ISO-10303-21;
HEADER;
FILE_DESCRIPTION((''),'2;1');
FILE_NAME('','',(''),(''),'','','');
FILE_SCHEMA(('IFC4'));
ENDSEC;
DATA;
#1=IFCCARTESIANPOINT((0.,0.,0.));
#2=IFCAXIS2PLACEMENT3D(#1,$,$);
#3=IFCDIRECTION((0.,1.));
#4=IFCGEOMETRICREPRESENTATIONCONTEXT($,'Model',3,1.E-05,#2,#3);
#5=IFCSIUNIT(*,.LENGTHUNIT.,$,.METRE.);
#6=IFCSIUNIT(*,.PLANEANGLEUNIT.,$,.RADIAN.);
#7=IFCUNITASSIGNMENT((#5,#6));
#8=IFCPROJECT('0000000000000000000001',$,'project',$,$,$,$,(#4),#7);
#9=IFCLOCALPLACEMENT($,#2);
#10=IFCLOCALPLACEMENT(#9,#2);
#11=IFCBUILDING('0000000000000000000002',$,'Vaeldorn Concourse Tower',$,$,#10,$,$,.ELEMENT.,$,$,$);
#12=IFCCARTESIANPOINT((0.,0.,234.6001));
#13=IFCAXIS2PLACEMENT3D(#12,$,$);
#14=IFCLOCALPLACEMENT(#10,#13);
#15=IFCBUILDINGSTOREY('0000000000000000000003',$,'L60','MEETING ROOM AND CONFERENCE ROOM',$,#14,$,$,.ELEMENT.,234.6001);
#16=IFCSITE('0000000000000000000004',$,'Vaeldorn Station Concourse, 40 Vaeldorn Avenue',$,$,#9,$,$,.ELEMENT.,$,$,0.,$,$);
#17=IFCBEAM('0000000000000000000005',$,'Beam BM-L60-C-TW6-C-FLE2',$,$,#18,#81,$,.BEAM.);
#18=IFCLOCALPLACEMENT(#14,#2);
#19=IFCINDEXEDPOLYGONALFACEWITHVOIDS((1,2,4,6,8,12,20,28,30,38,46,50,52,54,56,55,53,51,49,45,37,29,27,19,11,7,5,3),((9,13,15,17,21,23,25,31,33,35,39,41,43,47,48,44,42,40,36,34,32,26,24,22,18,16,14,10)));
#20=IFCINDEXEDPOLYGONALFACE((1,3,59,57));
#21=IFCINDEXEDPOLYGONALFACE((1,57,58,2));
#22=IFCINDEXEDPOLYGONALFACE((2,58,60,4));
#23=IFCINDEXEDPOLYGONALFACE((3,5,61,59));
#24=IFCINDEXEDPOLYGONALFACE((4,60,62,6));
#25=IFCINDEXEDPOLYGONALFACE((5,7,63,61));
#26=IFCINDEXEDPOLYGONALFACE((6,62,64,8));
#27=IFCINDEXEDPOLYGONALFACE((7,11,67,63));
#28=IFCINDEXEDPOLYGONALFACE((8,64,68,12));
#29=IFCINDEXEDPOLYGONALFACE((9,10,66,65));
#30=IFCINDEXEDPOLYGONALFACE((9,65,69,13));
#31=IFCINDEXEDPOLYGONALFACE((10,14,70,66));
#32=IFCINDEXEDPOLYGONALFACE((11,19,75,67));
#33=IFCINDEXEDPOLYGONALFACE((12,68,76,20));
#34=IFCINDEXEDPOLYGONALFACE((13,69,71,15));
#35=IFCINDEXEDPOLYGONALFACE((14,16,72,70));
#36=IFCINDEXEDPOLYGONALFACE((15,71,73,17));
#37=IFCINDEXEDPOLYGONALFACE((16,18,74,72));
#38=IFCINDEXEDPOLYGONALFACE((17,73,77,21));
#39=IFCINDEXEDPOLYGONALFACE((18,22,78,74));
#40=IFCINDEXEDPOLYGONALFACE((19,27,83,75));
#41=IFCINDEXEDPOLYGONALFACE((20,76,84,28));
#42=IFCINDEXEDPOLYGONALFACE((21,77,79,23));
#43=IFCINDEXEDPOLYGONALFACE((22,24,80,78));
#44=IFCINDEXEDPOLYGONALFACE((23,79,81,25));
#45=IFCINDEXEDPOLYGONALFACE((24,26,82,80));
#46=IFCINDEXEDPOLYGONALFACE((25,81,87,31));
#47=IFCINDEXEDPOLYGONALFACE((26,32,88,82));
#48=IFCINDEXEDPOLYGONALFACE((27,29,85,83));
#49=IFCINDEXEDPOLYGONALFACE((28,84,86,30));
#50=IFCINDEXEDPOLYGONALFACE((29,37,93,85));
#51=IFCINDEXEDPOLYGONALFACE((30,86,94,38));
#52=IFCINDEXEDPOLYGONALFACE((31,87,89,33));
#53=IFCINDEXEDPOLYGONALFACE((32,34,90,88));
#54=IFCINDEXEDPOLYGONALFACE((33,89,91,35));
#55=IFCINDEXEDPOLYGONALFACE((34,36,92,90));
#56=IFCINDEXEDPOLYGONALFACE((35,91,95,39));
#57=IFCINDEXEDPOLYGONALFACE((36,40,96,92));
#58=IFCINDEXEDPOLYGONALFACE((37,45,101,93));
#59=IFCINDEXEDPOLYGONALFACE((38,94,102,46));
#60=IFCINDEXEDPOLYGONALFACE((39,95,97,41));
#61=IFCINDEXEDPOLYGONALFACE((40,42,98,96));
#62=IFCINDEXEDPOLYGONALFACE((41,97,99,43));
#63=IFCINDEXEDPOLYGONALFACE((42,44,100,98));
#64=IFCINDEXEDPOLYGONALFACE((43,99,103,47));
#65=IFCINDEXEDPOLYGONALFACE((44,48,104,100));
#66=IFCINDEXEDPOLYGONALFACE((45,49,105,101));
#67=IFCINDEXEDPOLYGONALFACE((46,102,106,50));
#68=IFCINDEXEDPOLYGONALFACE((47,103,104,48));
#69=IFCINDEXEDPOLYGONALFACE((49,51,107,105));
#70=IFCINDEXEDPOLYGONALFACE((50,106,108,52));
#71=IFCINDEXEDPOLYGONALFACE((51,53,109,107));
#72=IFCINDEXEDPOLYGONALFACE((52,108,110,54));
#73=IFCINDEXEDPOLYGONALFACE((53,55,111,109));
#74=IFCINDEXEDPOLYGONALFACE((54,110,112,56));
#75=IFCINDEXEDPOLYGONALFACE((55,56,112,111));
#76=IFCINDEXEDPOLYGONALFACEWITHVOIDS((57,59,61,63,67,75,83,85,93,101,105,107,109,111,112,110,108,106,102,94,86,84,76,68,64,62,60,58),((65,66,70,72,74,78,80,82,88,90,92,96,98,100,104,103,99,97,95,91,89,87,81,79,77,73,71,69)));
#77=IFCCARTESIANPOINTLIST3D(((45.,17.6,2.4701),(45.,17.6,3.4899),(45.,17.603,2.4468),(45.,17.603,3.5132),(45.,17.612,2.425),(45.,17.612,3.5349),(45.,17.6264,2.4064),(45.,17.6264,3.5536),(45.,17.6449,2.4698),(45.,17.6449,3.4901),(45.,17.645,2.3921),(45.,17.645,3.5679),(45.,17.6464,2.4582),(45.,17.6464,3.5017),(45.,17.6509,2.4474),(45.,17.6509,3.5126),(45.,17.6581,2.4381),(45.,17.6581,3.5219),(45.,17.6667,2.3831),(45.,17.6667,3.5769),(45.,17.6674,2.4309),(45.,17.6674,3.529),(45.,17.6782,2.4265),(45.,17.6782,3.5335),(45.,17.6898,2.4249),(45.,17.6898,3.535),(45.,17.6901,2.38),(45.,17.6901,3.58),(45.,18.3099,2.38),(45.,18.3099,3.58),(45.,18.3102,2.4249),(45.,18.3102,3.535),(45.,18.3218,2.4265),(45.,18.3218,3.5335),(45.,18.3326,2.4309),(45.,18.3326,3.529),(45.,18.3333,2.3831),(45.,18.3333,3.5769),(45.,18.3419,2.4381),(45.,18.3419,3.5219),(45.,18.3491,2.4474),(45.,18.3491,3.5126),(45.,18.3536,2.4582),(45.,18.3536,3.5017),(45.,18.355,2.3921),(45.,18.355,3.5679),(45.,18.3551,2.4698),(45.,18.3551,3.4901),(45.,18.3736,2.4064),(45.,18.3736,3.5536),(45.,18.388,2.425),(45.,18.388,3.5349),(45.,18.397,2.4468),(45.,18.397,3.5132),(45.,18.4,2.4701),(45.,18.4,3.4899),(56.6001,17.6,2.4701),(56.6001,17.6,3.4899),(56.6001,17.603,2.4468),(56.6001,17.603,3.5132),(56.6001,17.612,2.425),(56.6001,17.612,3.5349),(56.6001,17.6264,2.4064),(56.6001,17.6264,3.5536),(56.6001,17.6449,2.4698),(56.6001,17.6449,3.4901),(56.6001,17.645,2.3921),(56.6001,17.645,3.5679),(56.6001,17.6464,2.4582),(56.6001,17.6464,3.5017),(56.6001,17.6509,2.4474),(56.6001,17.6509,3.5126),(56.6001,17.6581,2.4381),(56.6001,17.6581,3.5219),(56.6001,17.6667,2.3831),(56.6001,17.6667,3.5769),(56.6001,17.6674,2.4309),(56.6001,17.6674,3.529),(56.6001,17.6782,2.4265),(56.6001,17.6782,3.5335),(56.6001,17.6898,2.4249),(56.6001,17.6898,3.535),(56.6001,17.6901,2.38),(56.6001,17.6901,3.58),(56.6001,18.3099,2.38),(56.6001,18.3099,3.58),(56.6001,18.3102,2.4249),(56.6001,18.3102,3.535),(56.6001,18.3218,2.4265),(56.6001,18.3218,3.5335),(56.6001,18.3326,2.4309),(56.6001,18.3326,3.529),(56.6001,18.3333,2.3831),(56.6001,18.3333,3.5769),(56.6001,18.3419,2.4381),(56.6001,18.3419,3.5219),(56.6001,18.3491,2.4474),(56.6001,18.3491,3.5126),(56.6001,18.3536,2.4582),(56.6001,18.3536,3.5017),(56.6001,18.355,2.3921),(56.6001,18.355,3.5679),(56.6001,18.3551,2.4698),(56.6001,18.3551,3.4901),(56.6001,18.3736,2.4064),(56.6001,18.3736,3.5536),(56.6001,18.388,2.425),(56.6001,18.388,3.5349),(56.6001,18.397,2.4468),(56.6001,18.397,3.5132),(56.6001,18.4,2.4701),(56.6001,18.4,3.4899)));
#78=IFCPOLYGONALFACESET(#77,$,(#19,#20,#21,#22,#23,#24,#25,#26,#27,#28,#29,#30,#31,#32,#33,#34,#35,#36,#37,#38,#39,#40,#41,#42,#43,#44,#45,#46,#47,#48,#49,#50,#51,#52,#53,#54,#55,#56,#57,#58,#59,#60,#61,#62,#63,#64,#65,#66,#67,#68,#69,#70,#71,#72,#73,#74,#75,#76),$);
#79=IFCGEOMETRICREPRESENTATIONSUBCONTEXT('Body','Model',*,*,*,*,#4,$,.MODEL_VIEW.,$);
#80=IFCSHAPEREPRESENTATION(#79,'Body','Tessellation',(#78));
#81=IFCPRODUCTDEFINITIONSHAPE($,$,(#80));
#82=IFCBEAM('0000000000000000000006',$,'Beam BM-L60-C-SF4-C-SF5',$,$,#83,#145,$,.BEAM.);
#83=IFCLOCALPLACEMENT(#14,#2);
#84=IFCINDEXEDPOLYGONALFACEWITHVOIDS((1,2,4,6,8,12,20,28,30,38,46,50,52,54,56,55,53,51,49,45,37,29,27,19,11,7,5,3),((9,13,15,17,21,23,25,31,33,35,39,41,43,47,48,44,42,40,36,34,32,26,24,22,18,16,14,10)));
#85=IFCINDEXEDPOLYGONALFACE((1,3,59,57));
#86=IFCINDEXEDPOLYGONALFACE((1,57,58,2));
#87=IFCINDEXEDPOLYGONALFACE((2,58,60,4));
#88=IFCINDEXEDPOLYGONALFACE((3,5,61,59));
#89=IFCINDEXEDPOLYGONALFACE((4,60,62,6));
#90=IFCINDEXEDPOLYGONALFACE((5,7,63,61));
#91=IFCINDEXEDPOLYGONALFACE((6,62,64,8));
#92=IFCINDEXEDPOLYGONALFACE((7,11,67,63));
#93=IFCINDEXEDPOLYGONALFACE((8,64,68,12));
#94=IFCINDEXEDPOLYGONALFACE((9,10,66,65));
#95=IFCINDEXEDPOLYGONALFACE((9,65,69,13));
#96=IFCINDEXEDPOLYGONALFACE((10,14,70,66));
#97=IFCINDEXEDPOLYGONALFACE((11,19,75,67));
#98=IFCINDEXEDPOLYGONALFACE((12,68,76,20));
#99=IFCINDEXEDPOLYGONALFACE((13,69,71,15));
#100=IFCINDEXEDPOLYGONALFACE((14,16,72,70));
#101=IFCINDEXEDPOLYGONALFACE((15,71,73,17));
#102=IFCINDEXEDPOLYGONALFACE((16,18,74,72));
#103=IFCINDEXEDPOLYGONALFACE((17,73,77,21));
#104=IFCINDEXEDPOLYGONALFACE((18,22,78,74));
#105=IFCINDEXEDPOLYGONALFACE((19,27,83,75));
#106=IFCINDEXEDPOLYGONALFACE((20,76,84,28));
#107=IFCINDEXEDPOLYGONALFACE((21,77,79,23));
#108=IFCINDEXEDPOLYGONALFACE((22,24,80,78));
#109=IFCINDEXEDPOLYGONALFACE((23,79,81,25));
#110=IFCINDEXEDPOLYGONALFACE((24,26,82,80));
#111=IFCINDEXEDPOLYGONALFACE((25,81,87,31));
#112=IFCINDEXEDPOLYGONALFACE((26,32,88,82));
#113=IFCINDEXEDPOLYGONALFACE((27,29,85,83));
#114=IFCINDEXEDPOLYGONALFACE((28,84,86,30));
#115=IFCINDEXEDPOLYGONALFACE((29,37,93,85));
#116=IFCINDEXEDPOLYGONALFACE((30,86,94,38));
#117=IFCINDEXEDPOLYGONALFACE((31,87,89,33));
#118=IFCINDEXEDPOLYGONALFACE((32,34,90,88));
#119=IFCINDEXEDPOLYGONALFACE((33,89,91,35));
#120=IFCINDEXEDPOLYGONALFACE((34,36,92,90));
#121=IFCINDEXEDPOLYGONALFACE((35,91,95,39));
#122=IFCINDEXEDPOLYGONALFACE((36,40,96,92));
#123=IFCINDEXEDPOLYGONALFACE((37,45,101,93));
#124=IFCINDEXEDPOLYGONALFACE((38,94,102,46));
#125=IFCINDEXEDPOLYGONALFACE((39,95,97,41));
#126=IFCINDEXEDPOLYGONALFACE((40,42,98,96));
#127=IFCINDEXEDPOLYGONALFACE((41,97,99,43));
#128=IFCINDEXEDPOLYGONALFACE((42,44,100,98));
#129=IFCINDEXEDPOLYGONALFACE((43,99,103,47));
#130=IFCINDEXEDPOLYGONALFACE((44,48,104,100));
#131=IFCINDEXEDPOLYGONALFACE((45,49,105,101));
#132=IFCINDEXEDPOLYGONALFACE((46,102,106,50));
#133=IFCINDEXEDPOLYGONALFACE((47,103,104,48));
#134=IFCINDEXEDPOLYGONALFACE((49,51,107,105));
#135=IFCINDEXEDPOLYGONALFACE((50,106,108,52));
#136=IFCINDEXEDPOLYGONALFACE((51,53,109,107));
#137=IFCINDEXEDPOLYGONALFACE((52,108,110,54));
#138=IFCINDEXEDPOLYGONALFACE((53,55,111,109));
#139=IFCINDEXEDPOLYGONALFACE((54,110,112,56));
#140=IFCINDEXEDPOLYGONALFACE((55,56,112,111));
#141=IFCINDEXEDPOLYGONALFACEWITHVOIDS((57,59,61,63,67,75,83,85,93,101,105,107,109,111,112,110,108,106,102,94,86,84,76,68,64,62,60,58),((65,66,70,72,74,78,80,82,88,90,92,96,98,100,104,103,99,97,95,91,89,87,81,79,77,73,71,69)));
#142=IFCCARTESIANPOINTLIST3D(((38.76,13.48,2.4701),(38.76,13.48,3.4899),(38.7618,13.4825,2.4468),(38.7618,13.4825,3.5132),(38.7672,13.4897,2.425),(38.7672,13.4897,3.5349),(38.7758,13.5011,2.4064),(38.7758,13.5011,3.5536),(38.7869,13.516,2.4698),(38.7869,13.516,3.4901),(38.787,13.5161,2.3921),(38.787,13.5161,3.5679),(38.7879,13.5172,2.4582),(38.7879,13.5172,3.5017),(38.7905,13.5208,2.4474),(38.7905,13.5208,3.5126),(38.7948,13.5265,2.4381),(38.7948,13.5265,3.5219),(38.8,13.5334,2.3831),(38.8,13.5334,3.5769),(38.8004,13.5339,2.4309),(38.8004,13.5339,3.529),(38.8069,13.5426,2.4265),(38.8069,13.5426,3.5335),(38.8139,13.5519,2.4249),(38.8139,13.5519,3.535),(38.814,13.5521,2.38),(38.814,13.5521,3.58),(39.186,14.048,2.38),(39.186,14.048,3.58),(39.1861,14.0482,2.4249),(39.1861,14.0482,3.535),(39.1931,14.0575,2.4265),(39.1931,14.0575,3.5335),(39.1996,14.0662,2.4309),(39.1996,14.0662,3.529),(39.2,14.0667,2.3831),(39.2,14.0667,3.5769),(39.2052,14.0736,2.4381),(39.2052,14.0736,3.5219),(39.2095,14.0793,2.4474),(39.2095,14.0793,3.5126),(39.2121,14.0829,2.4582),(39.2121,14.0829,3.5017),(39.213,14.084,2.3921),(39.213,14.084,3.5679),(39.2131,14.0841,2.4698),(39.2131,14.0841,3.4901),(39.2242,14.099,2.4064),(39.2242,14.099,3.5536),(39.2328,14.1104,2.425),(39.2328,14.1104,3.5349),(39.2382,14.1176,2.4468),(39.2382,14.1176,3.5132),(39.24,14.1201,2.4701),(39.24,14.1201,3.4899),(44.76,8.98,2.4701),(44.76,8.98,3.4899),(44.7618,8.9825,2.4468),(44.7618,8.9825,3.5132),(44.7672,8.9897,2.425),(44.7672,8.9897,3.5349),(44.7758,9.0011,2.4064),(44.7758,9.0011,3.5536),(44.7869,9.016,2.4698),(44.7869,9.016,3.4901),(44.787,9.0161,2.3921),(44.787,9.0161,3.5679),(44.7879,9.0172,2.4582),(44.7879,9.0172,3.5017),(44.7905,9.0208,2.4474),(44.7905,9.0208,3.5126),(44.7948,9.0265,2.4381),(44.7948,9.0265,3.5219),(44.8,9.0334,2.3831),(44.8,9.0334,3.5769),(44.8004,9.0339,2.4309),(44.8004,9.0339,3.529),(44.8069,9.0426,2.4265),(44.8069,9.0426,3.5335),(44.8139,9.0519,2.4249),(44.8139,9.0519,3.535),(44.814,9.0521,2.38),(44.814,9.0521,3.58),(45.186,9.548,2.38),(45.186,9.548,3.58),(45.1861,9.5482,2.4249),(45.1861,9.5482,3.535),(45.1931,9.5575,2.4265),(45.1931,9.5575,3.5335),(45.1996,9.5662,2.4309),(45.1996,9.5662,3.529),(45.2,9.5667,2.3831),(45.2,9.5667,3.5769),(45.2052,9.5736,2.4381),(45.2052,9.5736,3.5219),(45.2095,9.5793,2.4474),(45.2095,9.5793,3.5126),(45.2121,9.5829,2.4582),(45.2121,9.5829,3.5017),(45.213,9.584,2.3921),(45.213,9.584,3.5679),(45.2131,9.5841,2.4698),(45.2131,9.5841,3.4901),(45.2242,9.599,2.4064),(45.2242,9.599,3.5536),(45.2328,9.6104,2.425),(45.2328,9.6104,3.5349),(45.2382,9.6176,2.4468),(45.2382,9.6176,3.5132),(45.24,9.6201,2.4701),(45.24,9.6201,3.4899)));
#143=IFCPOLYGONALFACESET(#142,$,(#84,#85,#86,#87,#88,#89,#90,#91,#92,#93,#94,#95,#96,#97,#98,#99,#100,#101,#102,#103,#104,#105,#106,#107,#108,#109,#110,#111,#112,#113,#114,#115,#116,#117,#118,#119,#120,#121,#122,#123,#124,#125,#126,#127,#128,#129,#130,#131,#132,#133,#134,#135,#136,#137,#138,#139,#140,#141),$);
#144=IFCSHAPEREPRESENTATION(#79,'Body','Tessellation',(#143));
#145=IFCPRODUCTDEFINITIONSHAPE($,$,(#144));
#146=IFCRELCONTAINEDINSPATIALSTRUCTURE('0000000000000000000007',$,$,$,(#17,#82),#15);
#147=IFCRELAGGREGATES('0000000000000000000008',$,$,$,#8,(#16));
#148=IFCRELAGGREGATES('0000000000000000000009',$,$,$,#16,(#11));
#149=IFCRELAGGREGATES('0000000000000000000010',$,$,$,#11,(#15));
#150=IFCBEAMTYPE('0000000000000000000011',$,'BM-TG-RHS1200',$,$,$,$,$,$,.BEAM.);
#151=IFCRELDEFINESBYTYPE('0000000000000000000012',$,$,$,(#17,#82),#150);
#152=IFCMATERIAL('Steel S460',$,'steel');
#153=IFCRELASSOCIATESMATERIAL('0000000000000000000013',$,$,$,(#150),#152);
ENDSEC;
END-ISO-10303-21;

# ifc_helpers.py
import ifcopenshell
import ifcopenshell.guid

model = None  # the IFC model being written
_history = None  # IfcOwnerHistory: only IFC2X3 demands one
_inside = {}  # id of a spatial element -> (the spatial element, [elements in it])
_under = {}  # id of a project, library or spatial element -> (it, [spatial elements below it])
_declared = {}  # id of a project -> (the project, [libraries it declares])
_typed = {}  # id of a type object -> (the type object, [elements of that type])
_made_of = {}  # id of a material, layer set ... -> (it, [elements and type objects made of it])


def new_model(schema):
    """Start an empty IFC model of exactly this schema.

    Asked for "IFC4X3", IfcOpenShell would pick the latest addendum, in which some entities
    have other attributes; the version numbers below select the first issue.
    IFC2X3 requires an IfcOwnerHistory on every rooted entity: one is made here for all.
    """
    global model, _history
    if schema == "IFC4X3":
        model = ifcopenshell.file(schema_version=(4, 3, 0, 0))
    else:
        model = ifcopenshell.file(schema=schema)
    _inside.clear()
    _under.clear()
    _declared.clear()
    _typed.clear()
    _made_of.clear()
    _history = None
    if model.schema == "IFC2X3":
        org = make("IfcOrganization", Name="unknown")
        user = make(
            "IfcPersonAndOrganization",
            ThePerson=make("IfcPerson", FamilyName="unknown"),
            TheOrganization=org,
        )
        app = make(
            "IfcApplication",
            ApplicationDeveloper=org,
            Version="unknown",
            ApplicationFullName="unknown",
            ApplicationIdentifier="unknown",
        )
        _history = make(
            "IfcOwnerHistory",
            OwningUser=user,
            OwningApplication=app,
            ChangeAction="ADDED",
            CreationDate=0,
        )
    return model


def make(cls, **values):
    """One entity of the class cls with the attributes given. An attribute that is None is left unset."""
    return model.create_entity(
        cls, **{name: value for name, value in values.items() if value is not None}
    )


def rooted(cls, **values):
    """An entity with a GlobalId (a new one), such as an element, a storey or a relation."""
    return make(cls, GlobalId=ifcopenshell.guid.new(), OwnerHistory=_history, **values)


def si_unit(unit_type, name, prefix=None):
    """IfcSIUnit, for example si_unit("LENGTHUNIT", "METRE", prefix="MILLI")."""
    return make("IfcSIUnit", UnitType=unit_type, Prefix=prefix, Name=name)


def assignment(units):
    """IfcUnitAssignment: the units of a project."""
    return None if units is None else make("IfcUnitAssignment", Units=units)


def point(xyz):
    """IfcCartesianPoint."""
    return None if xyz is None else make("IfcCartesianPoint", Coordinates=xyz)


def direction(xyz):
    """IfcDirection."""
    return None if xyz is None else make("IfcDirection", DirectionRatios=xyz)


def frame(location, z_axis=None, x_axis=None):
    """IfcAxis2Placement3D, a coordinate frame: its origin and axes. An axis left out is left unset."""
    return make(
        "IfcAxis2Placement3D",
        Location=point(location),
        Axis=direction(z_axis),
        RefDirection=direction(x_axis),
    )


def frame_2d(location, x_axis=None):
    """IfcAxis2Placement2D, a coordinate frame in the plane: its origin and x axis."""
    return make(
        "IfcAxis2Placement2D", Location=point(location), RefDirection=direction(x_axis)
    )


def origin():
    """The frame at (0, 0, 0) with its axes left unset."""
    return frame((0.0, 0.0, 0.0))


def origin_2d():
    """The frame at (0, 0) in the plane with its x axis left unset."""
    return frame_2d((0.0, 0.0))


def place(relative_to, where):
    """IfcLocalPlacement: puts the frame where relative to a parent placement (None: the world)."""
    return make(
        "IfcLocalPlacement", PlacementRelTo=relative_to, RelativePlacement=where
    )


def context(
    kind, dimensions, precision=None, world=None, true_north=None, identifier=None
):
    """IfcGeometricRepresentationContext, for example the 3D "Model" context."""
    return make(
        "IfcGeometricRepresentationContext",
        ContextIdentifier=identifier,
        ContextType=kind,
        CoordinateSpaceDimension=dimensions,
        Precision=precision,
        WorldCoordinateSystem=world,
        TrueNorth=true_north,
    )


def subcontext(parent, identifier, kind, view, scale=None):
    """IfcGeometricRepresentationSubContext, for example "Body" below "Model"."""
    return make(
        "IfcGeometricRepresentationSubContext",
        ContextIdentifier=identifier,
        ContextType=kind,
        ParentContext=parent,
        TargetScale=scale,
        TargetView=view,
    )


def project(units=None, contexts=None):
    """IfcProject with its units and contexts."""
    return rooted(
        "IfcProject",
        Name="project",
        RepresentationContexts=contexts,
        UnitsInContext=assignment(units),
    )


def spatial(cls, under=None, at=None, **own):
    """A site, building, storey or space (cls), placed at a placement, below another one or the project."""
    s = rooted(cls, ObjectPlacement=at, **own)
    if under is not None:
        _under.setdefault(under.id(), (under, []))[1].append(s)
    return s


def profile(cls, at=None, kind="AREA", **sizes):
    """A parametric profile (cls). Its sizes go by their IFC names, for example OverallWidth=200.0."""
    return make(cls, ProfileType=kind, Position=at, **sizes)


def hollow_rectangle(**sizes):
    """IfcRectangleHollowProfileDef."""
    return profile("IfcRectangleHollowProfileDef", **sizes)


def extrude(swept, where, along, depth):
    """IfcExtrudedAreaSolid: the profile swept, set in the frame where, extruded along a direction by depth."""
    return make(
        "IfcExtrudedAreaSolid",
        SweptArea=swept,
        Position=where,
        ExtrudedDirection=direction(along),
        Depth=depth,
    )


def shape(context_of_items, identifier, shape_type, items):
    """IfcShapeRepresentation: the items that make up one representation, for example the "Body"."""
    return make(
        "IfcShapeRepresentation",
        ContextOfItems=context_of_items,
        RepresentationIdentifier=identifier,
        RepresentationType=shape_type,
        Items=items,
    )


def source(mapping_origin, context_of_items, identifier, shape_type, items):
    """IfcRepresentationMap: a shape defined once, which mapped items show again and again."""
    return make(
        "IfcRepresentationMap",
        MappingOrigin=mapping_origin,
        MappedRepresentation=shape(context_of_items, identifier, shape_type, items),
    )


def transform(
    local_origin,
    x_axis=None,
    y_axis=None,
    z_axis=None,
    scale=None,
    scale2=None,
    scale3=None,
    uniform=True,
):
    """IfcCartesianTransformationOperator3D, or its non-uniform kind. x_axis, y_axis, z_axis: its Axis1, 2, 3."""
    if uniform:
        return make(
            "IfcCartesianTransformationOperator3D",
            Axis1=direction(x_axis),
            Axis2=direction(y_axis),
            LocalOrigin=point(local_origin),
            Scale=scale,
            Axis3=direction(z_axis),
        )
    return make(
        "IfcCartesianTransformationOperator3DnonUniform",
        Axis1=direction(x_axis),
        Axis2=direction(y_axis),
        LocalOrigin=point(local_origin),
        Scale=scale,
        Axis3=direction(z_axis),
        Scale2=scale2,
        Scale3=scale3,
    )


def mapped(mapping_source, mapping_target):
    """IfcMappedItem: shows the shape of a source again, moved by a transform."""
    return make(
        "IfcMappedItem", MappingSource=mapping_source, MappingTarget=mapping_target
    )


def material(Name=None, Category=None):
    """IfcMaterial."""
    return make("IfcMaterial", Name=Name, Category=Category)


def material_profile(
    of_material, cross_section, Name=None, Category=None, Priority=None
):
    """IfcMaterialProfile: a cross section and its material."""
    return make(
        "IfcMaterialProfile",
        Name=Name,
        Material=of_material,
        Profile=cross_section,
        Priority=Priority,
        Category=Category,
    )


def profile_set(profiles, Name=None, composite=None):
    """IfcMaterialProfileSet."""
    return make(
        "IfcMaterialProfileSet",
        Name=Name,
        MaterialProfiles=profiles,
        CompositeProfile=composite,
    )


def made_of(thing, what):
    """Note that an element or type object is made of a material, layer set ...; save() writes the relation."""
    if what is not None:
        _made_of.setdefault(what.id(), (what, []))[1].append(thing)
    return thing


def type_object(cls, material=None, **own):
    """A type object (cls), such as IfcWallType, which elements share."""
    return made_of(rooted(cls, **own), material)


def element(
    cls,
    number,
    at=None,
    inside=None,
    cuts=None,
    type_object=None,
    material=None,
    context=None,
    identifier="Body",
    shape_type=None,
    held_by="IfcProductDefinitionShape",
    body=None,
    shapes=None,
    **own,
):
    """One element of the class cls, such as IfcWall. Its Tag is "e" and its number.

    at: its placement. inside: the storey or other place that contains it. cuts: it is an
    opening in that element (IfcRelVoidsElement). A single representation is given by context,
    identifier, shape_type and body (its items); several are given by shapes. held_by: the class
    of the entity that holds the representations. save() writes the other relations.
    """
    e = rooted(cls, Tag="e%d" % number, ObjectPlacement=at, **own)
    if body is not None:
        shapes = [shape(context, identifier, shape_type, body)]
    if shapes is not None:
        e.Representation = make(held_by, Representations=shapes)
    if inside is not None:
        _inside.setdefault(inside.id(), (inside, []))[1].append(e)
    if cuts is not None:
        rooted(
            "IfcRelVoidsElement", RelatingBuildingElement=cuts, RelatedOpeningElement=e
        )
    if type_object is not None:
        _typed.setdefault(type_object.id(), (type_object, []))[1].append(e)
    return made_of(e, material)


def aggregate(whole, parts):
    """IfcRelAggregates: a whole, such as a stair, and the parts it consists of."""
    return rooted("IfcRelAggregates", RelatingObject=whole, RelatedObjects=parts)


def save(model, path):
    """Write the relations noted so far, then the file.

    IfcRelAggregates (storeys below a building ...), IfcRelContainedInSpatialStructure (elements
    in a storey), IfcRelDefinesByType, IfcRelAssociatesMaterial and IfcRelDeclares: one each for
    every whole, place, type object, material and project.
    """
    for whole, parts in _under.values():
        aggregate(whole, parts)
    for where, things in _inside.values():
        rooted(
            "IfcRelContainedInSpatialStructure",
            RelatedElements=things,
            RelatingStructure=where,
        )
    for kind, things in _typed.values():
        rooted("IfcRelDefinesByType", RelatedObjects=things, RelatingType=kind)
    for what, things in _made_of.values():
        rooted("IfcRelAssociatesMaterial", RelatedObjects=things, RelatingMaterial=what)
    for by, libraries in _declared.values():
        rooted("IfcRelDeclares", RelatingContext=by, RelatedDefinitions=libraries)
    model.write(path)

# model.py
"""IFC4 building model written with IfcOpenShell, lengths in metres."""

from ifc_helpers import new_model, si_unit, direction, frame, origin, origin_2d, place, context, subcontext, project, spatial, hollow_rectangle, extrude, source, transform, mapped, material, material_profile, profile_set, type_object, element, save


model = new_model("IFC4")

# Units and contexts
model_context = context("Model", 3, precision=1e-05, world=origin(), true_north=direction((0.0, 1.0)))
body_context = subcontext(model_context, "Body", "Model", "MODEL_VIEW")
ifc_project = project(units=[si_unit("LENGTHUNIT", "METRE"), si_unit("PLANEANGLEUNIT", "RADIAN")], contexts=[model_context])

# Site, building, storey
site_placement = place(None, origin())
site = spatial("IfcSite", under=ifc_project, at=site_placement, Name="Vaeldorn Station Concourse, 40 Vaeldorn Avenue", CompositionType="ELEMENT", RefElevation=0.0)
building_placement = place(site_placement, origin())
building = spatial("IfcBuilding", under=site, at=building_placement, Name="Vaeldorn Concourse Tower", CompositionType="ELEMENT")
storey_placement = place(building_placement, frame((0.0, 0.0, 234.6001)))
storey = spatial("IfcBuildingStorey", under=building, at=storey_placement, Name="L60", Description="MEETING ROOM AND CONFERENCE ROOM", CompositionType="ELEMENT", Elevation=234.6001)

# Beams
ifc_material_1 = material(Name="Steel S460", Category="steel")
ifc_material_profile_1 = material_profile(ifc_material_1, hollow_rectangle(XDim=0.8, YDim=1.2, WallThickness=0.0449, InnerFilletRadius=0.0449, OuterFilletRadius=0.0901, at=origin_2d()), Name="RHS 1200x800x45")
ifc_profile_set_1 = profile_set([ifc_material_profile_1], Name="Steel S460")
beam_type_1 = type_object("IfcBeamType", Name="BM-TG-RHS1200", PredefinedType="BEAM", material=ifc_profile_set_1)
shared_shape_1 = source(origin(), body_context, "Body", "SweptSolid", [
    extrude(hollow_rectangle(XDim=0.8, YDim=1.2, WallThickness=0.0449, InnerFilletRadius=0.0449, OuterFilletRadius=0.0901, at=origin_2d()), origin(), (0.0, 0.0, 1.0), 11.6001),
])
beam_1_placement = place(storey_placement, frame((45.0, 18.0, 2.98), z_axis=(1.0, 0.0, 0.0), x_axis=(0.0, 1.0, 0.0)))
element("IfcBeam", 1, at=beam_1_placement, inside=storey, type_object=beam_type_1, Name="Beam BM-L60-C-TW6-C-FLE2", PredefinedType="BEAM", context=body_context, shape_type="MappedRepresentation", body=[
    mapped(shared_shape_1, transform((0.0, 0.0, 0.0), scale=1.0)),
])
shared_shape_2 = source(origin(), body_context, "Body", "SweptSolid", [
    extrude(hollow_rectangle(XDim=0.8, YDim=1.2, WallThickness=0.0449, InnerFilletRadius=0.0449, OuterFilletRadius=0.0901, at=origin_2d()), origin(), (0.0, 0.0, 1.0), 7.5),
])
beam_2_placement = place(storey_placement, frame((39.0, 13.8, 2.98), z_axis=(0.8, -0.6, 0.0), x_axis=(0.6, 0.8, 0.0)))
element("IfcBeam", 2, at=beam_2_placement, inside=storey, type_object=beam_type_1, Name="Beam BM-L60-C-SF4-C-SF5", PredefinedType="BEAM", context=body_context, shape_type="MappedRepresentation", body=[
    mapped(shared_shape_2, transform((0.0, 0.0, 0.0), scale=1.0)),
])

save(model, "model.ifc")
